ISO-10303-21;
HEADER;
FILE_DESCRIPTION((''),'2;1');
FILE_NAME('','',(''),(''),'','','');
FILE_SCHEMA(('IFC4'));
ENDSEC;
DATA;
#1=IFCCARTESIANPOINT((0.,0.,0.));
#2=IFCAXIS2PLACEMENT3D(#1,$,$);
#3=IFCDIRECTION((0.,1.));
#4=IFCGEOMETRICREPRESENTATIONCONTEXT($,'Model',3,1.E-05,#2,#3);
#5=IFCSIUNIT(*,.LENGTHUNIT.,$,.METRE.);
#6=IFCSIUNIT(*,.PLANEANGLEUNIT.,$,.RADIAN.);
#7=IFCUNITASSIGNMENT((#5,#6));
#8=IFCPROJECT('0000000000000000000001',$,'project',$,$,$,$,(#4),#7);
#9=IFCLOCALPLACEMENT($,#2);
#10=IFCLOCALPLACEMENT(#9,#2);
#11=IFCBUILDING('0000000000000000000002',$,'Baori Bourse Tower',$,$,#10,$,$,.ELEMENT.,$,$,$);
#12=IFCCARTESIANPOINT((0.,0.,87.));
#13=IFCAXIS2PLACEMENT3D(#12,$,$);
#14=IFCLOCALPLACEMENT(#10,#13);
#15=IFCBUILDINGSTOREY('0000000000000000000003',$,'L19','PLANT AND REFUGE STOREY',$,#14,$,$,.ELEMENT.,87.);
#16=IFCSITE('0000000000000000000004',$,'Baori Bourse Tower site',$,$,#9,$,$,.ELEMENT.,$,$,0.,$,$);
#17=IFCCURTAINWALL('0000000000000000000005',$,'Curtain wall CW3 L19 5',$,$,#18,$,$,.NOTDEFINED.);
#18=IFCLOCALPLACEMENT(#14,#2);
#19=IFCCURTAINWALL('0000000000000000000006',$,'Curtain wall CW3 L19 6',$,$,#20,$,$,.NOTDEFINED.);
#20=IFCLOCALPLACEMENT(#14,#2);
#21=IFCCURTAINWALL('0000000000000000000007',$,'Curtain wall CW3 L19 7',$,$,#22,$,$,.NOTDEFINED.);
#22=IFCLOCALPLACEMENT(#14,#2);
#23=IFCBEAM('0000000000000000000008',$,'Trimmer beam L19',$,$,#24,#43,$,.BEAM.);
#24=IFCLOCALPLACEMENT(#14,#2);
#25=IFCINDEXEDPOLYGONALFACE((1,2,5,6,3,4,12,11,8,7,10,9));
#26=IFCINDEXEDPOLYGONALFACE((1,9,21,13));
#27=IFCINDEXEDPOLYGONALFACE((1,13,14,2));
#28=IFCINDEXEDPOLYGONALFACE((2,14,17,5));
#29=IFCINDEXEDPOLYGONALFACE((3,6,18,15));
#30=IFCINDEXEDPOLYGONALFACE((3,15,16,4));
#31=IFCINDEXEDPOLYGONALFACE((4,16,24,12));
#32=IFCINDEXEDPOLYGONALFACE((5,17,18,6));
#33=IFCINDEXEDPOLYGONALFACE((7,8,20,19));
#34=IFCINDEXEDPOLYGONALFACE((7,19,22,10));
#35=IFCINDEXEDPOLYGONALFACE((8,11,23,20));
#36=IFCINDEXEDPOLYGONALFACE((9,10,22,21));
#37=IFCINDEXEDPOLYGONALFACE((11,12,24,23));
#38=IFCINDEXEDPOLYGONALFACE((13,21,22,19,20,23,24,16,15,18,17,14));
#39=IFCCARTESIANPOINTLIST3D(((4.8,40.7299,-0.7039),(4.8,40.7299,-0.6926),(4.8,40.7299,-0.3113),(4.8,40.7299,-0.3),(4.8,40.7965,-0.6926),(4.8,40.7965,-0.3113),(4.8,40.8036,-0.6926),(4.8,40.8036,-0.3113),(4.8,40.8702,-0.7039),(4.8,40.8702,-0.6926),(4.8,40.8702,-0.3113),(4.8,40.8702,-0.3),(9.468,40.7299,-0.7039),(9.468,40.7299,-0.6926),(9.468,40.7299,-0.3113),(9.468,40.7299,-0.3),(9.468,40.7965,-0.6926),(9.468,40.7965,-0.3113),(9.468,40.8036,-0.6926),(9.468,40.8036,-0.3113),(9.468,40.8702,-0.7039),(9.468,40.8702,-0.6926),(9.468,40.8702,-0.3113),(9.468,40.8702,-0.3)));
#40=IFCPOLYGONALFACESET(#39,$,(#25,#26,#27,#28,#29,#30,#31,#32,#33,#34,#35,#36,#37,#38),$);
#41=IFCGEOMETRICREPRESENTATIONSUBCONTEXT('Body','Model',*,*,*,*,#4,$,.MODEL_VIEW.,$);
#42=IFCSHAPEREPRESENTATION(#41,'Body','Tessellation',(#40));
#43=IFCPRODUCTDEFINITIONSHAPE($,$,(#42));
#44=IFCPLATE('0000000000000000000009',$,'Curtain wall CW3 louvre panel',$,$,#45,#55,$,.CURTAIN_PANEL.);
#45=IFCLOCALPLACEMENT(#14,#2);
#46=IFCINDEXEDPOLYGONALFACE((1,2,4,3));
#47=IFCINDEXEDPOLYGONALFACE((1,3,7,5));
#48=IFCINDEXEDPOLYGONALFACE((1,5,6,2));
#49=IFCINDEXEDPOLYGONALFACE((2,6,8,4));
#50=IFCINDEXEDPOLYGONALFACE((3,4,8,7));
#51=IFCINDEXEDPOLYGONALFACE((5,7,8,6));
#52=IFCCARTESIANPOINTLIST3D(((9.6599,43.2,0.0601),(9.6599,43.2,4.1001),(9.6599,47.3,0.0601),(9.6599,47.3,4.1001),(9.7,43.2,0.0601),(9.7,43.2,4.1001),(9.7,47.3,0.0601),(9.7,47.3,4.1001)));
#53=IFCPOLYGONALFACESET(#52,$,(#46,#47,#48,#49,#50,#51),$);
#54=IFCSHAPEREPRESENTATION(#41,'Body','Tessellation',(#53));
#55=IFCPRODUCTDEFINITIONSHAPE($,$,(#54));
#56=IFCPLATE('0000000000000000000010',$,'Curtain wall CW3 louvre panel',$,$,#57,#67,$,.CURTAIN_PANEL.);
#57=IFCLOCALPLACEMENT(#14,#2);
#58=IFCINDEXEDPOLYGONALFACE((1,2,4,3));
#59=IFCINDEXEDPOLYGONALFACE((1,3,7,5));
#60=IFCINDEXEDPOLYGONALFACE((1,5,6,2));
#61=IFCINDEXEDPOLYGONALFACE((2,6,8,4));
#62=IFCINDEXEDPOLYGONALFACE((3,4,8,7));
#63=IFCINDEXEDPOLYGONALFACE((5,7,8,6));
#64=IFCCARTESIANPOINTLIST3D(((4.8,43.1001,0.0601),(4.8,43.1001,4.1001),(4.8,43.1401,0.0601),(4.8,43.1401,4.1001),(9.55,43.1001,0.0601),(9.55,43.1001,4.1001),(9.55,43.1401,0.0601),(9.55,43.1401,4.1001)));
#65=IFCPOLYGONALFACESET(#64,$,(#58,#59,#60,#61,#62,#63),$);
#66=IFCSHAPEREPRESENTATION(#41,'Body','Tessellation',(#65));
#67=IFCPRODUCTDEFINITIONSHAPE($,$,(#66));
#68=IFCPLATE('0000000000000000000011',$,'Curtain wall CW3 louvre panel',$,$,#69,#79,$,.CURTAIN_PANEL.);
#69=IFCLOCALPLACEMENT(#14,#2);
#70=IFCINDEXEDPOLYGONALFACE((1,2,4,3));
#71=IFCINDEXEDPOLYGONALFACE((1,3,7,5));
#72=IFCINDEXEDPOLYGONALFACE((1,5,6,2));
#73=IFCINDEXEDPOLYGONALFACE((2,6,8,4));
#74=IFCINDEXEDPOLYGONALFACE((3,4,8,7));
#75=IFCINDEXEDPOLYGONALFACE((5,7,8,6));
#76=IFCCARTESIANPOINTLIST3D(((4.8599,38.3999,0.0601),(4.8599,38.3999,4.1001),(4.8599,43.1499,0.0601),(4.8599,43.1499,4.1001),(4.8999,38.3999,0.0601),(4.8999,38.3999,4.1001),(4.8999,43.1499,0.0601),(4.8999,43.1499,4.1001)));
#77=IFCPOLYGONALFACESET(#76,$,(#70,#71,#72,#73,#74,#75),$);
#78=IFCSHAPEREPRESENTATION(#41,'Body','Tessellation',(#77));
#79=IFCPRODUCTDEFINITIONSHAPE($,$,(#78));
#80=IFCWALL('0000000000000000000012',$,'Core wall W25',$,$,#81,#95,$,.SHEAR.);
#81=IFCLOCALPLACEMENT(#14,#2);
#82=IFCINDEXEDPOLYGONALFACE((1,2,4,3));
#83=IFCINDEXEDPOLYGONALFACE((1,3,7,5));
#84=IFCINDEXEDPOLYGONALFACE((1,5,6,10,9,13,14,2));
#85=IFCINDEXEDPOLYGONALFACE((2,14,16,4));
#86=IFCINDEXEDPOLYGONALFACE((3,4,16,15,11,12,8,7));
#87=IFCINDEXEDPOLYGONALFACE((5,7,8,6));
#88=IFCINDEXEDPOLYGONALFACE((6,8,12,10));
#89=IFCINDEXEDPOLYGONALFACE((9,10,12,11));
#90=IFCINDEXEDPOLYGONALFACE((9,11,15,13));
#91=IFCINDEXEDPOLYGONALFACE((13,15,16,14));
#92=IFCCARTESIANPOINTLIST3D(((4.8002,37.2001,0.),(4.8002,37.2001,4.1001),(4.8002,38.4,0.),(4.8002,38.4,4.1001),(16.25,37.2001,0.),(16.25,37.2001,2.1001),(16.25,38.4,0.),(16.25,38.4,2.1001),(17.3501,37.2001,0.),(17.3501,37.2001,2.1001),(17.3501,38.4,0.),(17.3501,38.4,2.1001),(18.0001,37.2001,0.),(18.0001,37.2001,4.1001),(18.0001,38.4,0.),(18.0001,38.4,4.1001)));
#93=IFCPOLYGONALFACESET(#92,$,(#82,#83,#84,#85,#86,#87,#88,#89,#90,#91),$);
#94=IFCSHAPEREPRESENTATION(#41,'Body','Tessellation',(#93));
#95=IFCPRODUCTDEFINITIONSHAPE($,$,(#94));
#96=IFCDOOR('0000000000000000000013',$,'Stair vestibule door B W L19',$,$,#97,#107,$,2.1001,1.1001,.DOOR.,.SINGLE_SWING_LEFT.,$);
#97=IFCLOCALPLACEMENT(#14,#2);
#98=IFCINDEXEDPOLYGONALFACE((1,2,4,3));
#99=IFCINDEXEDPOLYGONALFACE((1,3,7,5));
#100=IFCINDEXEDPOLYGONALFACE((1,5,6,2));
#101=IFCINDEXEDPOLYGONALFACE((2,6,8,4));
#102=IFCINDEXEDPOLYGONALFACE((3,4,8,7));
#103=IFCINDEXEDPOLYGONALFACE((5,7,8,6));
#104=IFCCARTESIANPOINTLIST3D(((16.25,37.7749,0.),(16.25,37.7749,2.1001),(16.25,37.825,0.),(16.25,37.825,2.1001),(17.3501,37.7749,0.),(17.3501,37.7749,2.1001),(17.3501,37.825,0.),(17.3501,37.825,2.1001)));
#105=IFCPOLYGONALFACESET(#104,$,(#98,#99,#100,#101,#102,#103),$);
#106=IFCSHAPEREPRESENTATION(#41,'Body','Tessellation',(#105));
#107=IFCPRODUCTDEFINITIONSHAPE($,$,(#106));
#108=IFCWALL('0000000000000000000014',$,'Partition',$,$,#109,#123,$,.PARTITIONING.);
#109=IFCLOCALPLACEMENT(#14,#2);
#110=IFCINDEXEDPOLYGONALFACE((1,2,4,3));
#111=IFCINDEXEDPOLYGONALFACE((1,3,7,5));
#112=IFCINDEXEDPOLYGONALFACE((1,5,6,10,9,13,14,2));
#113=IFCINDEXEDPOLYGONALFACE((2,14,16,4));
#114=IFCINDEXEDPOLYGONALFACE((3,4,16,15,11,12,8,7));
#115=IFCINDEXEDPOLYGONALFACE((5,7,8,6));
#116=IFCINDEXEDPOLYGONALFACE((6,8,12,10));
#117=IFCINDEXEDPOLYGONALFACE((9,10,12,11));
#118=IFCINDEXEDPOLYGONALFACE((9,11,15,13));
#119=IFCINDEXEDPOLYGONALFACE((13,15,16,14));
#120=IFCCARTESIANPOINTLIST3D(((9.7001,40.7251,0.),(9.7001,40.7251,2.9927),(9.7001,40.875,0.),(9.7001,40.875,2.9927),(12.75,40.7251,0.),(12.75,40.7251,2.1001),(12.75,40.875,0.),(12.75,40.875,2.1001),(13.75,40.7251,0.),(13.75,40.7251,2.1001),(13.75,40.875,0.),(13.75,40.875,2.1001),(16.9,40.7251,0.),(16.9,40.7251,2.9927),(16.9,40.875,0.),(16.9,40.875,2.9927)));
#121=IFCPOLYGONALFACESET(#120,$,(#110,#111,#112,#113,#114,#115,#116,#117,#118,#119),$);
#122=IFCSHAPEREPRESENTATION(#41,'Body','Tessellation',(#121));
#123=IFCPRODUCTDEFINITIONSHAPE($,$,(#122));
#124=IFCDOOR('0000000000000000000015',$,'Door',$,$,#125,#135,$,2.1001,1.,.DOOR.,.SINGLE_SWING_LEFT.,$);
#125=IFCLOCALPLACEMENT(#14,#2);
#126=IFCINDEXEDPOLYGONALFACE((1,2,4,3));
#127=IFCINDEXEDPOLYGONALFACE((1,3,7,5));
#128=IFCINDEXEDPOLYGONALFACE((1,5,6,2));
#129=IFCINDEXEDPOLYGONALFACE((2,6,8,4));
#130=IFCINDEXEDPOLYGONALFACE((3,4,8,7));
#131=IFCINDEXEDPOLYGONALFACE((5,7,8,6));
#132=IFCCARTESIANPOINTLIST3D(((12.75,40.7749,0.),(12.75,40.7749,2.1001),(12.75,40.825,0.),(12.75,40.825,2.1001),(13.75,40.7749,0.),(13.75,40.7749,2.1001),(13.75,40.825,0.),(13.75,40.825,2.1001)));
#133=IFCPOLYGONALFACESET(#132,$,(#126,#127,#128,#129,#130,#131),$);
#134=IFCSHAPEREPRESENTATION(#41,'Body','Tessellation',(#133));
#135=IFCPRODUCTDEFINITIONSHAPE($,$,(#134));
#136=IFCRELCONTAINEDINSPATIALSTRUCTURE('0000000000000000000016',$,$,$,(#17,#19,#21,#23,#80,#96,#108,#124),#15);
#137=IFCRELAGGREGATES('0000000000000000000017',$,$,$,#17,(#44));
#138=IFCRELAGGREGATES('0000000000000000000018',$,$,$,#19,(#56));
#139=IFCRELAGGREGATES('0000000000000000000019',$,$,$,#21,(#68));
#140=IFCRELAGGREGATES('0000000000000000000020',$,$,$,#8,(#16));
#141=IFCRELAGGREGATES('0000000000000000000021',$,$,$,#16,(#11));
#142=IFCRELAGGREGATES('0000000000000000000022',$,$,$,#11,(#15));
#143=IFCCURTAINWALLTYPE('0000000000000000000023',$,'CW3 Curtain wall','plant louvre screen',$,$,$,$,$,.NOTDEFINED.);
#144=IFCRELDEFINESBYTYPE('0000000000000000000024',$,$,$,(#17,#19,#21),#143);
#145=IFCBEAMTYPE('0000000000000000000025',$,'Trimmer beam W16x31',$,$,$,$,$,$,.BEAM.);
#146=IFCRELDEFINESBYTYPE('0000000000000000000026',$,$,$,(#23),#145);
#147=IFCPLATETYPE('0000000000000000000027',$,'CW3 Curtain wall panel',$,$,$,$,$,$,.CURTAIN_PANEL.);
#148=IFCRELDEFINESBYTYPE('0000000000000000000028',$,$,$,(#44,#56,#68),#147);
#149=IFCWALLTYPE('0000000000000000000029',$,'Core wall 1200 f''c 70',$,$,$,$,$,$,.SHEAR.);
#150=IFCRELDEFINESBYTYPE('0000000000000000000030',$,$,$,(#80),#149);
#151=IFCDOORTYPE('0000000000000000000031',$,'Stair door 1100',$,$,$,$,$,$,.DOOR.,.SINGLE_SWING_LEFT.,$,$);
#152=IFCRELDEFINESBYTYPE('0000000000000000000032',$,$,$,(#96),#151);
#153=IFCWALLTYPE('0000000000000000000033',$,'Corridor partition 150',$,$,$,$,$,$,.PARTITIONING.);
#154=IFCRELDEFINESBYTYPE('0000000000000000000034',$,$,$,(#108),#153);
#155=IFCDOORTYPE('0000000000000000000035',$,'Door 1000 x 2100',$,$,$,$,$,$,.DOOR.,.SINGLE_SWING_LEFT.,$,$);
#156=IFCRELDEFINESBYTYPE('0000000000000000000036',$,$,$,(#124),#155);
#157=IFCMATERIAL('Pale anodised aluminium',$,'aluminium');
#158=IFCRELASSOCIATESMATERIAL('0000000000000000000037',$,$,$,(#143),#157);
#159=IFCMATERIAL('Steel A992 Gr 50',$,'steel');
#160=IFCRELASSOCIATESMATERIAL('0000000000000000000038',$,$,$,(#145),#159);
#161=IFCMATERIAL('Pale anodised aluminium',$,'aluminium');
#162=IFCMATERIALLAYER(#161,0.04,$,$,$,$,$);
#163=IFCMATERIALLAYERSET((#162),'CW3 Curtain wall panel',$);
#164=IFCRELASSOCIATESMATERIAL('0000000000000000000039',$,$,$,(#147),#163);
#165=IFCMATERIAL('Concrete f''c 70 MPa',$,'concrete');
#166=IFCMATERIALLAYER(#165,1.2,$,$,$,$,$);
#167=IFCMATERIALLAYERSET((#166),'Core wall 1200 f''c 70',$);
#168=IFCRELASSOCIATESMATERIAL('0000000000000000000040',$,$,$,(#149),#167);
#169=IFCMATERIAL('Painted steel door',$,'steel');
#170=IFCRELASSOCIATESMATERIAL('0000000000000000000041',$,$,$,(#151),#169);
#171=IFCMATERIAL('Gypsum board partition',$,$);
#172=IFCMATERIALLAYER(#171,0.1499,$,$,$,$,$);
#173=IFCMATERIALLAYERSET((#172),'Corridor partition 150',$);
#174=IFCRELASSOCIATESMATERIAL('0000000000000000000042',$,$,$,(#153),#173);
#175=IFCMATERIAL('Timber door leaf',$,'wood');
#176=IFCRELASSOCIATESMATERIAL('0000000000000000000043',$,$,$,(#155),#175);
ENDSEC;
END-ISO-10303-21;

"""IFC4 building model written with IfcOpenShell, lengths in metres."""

from ifc_helpers import new_model, si_unit, direction, frame, frame_2d, origin, origin_2d, place, context, subcontext, project, spatial, rectangle, i_section, extrude, material, layer, layer_set, material_profile, profile_set, type_object, element, fill, aggregate, save


model = new_model("IFC4")

# Units and contexts
model_context = context("Model", 3, precision=1e-05, world=origin(), true_north=direction((0.0, 1.0)))
body_context = subcontext(model_context, "Body", "Model", "MODEL_VIEW")
ifc_project = project(units=[si_unit("LENGTHUNIT", "METRE"), si_unit("PLANEANGLEUNIT", "RADIAN")], contexts=[model_context])

# Site, building, storey
site_placement = place(None, origin())
site = spatial("IfcSite", under=ifc_project, at=site_placement, Name="Baori Bourse Tower site", CompositionType="ELEMENT", RefElevation=0.0)
building_placement = place(site_placement, origin())
building = spatial("IfcBuilding", under=site, at=building_placement, Name="Baori Bourse Tower", CompositionType="ELEMENT")
storey_placement = place(building_placement, frame((0.0, 0.0, 87.0)))
storey = spatial("IfcBuildingStorey", under=building, at=storey_placement, Name="L19", Description="PLANT AND REFUGE STOREY", CompositionType="ELEMENT", Elevation=87.0)

# Curtain walls
ifc_material_1 = material(Name="Pale anodised aluminium", Category="aluminium")
curtain_wall_type = type_object("IfcCurtainWallType", Name="CW3 Curtain wall", Description="plant louvre screen", PredefinedType="NOTDEFINED", material=ifc_material_1)
curtain_wall_1_placement = place(storey_placement, origin())
curtain_wall_1 = element("IfcCurtainWall", 1, at=curtain_wall_1_placement, inside=storey, type_object=curtain_wall_type, Name="Curtain wall CW3 L19 5", PredefinedType="NOTDEFINED")
curtain_wall_2_placement = place(storey_placement, origin())
curtain_wall_2 = element("IfcCurtainWall", 2, at=curtain_wall_2_placement, inside=storey, type_object=curtain_wall_type, Name="Curtain wall CW3 L19 6", PredefinedType="NOTDEFINED")
curtain_wall_3_placement = place(storey_placement, origin())
curtain_wall_3 = element("IfcCurtainWall", 3, at=curtain_wall_3_placement, inside=storey, type_object=curtain_wall_type, Name="Curtain wall CW3 L19 7", PredefinedType="NOTDEFINED")

# Beam
ifc_material_2 = material(Name="Steel A992 Gr 50", Category="steel")
ifc_material_profile_1 = material_profile(ifc_material_2, i_section(OverallWidth=0.1404, OverallDepth=0.4038, WebThickness=0.0071, FlangeThickness=0.0112, at=origin_2d()), Name="W16x31")
ifc_profile_set_1 = profile_set([ifc_material_profile_1], Name="Steel A992 Gr 50")
beam_type_1 = type_object("IfcBeamType", Name="Trimmer beam W16x31", PredefinedType="BEAM", material=ifc_profile_set_1)
beam_1_placement = place(storey_placement, frame((4.8, 40.8, -0.502), z_axis=(1.0, 0.0, 0.0), x_axis=(0.0, 1.0, 0.0)))
element("IfcBeam", 4, at=beam_1_placement, inside=storey, type_object=beam_type_1, Name="Trimmer beam L19", PredefinedType="BEAM", context=body_context, shape_type="SweptSolid", body=[
    extrude(i_section(OverallWidth=0.1404, OverallDepth=0.4038, WebThickness=0.0071, FlangeThickness=0.0112, at=origin_2d()), origin(), (0.0, 0.0, 1.0), 4.668),
])

# Plates
ifc_material_3 = material(Name="Pale anodised aluminium", Category="aluminium")
ifc_layer_1 = layer(ifc_material_3, 0.04)
ifc_layer_set_1 = layer_set([ifc_layer_1], Name="CW3 Curtain wall panel")
plate_type = type_object("IfcPlateType", Name="CW3 Curtain wall panel", PredefinedType="CURTAIN_PANEL", material=ifc_layer_set_1)
plate_1_placement = place(storey_placement, frame((9.6799, 45.25, 0.0601), z_axis=(0.0, 0.0, 1.0), x_axis=(0.0, -1.0, 0.0)))
plate_1 = element("IfcPlate", 5, at=plate_1_placement, type_object=plate_type, Name="Curtain wall CW3 louvre panel", PredefinedType="CURTAIN_PANEL", context=body_context, shape_type="SweptSolid", body=[
    extrude(rectangle(XDim=4.1001, YDim=0.04, at=origin_2d()), origin(), (0.0, 0.0, 1.0), 4.04),
])
aggregate(curtain_wall_1, [plate_1])
plate_2_placement = place(storey_placement, frame((7.175, 43.1201, 0.0601), z_axis=(0.0, 0.0, 1.0), x_axis=(-1.0, 0.0, 0.0)))
plate_2 = element("IfcPlate", 6, at=plate_2_placement, type_object=plate_type, Name="Curtain wall CW3 louvre panel", PredefinedType="CURTAIN_PANEL", context=body_context, shape_type="SweptSolid", body=[
    extrude(rectangle(XDim=4.75, YDim=0.04, at=origin_2d()), origin(), (0.0, 0.0, 1.0), 4.04),
])
aggregate(curtain_wall_2, [plate_2])
plate_3_placement = place(storey_placement, frame((4.8799, 40.7749, 0.0601), z_axis=(0.0, 0.0, 1.0), x_axis=(0.0, -1.0, 0.0)))
plate_3 = element("IfcPlate", 7, at=plate_3_placement, type_object=plate_type, Name="Curtain wall CW3 louvre panel", PredefinedType="CURTAIN_PANEL", context=body_context, shape_type="SweptSolid", body=[
    extrude(rectangle(XDim=4.75, YDim=0.04, at=origin_2d()), origin(), (0.0, 0.0, 1.0), 4.04),
])
aggregate(curtain_wall_3, [plate_3])

# Walls, openings, doors
ifc_material_4 = material(Name="Concrete f'c 70 MPa", Category="concrete")
ifc_layer_2 = layer(ifc_material_4, 1.2)
ifc_layer_set_2 = layer_set([ifc_layer_2], Name="Core wall 1200 f'c 70")
wall_type_1 = type_object("IfcWallType", Name="Core wall 1200 f'c 70", PredefinedType="SHEAR", material=ifc_layer_set_2)
wall_1_placement = place(storey_placement, frame((4.8, 37.8, 0.0), z_axis=(0.0, 0.0, 1.0), x_axis=(1.0, 0.0, 0.0)))
wall_1 = element("IfcWall", 8, at=wall_1_placement, inside=storey, type_object=wall_type_1, Name="Core wall W25", PredefinedType="SHEAR", context=body_context, shape_type="SweptSolid", body=[
    extrude(rectangle(XDim=13.2, YDim=1.2, at=frame_2d((6.6001, 0.0))), origin(), (0.0, 0.0, 1.0), 4.1001),
])
opening_1_placement = place(wall_1_placement, frame((11.45, 0.0, 0.0)))
opening_1 = element("IfcOpeningElement", 9, at=opening_1_placement, cuts=wall_1, PredefinedType="OPENING", context=body_context, shape_type="SweptSolid", body=[
    extrude(rectangle(XDim=1.1001, YDim=2.1001, at=frame_2d((0.55, 1.05))), frame((0.0, 0.6099, 0.0), z_axis=(0.0, -1.0, 0.0), x_axis=(1.0, 0.0, 0.0)), (0.0, 0.0, 1.0), 1.22),
])
ifc_material_5 = material(Name="Painted steel door", Category="steel")
door_type_1 = type_object("IfcDoorType", Name="Stair door 1100", OperationType="SINGLE_SWING_LEFT", PredefinedType="DOOR", material=ifc_material_5)
door_1_placement = place(opening_1_placement, origin())
door_1 = element("IfcDoor", 10, at=door_1_placement, inside=storey, type_object=door_type_1, Name="Stair vestibule door B W L19", OperationType="SINGLE_SWING_LEFT", OverallHeight=2.1001, OverallWidth=1.1001, PredefinedType="DOOR", context=body_context, shape_type="SweptSolid", body=[
    extrude(rectangle(XDim=1.1001, YDim=2.1001, at=frame_2d((0.55, 1.05))), frame((0.0, 0.0249, 0.0), z_axis=(0.0, -1.0, 0.0), x_axis=(1.0, 0.0, 0.0)), (0.0, 0.0, 1.0), 0.05),
])
fill(opening_1, door_1)
ifc_material_6 = material(Name="Gypsum board partition")
ifc_layer_3 = layer(ifc_material_6, 0.1499)
ifc_layer_set_3 = layer_set([ifc_layer_3], Name="Corridor partition 150")
wall_type_2 = type_object("IfcWallType", Name="Corridor partition 150", PredefinedType="PARTITIONING", material=ifc_layer_set_3)
wall_2_placement = place(storey_placement, frame((9.7, 40.8, 0.0), z_axis=(0.0, 0.0, 1.0), x_axis=(1.0, 0.0, 0.0)))
wall_2 = element("IfcWall", 11, at=wall_2_placement, inside=storey, type_object=wall_type_2, Name="Partition", PredefinedType="PARTITIONING", context=body_context, shape_type="SweptSolid", body=[
    extrude(rectangle(XDim=7.2, YDim=0.1499, at=frame_2d((3.6001, 0.0))), origin(), (0.0, 0.0, 1.0), 2.9927),
])
opening_2_placement = place(wall_2_placement, frame((3.05, 0.0, 0.0)))
opening_2 = element("IfcOpeningElement", 12, at=opening_2_placement, cuts=wall_2, PredefinedType="OPENING", context=body_context, shape_type="SweptSolid", body=[
    extrude(rectangle(XDim=1.0, YDim=2.1001, at=frame_2d((0.5, 1.05))), frame((0.0, 0.085, 0.0), z_axis=(0.0, -1.0, 0.0), x_axis=(1.0, 0.0, 0.0)), (0.0, 0.0, 1.0), 0.1699),
])
ifc_material_7 = material(Name="Timber door leaf", Category="wood")
door_type_2 = type_object("IfcDoorType", Name="Door 1000 x 2100", OperationType="SINGLE_SWING_LEFT", PredefinedType="DOOR", material=ifc_material_7)
door_2_placement = place(opening_2_placement, origin())
door_2 = element("IfcDoor", 13, at=door_2_placement, inside=storey, type_object=door_type_2, Name="Door", OperationType="SINGLE_SWING_LEFT", OverallHeight=2.1001, OverallWidth=1.0, PredefinedType="DOOR", context=body_context, shape_type="SweptSolid", body=[
    extrude(rectangle(XDim=1.0, YDim=2.1001, at=frame_2d((0.5, 1.05))), frame((0.0, 0.0249, 0.0), z_axis=(0.0, -1.0, 0.0), x_axis=(1.0, 0.0, 0.0)), (0.0, 0.0, 1.0), 0.05),
])
fill(opening_2, door_2)

save(model, "model.ifc")
